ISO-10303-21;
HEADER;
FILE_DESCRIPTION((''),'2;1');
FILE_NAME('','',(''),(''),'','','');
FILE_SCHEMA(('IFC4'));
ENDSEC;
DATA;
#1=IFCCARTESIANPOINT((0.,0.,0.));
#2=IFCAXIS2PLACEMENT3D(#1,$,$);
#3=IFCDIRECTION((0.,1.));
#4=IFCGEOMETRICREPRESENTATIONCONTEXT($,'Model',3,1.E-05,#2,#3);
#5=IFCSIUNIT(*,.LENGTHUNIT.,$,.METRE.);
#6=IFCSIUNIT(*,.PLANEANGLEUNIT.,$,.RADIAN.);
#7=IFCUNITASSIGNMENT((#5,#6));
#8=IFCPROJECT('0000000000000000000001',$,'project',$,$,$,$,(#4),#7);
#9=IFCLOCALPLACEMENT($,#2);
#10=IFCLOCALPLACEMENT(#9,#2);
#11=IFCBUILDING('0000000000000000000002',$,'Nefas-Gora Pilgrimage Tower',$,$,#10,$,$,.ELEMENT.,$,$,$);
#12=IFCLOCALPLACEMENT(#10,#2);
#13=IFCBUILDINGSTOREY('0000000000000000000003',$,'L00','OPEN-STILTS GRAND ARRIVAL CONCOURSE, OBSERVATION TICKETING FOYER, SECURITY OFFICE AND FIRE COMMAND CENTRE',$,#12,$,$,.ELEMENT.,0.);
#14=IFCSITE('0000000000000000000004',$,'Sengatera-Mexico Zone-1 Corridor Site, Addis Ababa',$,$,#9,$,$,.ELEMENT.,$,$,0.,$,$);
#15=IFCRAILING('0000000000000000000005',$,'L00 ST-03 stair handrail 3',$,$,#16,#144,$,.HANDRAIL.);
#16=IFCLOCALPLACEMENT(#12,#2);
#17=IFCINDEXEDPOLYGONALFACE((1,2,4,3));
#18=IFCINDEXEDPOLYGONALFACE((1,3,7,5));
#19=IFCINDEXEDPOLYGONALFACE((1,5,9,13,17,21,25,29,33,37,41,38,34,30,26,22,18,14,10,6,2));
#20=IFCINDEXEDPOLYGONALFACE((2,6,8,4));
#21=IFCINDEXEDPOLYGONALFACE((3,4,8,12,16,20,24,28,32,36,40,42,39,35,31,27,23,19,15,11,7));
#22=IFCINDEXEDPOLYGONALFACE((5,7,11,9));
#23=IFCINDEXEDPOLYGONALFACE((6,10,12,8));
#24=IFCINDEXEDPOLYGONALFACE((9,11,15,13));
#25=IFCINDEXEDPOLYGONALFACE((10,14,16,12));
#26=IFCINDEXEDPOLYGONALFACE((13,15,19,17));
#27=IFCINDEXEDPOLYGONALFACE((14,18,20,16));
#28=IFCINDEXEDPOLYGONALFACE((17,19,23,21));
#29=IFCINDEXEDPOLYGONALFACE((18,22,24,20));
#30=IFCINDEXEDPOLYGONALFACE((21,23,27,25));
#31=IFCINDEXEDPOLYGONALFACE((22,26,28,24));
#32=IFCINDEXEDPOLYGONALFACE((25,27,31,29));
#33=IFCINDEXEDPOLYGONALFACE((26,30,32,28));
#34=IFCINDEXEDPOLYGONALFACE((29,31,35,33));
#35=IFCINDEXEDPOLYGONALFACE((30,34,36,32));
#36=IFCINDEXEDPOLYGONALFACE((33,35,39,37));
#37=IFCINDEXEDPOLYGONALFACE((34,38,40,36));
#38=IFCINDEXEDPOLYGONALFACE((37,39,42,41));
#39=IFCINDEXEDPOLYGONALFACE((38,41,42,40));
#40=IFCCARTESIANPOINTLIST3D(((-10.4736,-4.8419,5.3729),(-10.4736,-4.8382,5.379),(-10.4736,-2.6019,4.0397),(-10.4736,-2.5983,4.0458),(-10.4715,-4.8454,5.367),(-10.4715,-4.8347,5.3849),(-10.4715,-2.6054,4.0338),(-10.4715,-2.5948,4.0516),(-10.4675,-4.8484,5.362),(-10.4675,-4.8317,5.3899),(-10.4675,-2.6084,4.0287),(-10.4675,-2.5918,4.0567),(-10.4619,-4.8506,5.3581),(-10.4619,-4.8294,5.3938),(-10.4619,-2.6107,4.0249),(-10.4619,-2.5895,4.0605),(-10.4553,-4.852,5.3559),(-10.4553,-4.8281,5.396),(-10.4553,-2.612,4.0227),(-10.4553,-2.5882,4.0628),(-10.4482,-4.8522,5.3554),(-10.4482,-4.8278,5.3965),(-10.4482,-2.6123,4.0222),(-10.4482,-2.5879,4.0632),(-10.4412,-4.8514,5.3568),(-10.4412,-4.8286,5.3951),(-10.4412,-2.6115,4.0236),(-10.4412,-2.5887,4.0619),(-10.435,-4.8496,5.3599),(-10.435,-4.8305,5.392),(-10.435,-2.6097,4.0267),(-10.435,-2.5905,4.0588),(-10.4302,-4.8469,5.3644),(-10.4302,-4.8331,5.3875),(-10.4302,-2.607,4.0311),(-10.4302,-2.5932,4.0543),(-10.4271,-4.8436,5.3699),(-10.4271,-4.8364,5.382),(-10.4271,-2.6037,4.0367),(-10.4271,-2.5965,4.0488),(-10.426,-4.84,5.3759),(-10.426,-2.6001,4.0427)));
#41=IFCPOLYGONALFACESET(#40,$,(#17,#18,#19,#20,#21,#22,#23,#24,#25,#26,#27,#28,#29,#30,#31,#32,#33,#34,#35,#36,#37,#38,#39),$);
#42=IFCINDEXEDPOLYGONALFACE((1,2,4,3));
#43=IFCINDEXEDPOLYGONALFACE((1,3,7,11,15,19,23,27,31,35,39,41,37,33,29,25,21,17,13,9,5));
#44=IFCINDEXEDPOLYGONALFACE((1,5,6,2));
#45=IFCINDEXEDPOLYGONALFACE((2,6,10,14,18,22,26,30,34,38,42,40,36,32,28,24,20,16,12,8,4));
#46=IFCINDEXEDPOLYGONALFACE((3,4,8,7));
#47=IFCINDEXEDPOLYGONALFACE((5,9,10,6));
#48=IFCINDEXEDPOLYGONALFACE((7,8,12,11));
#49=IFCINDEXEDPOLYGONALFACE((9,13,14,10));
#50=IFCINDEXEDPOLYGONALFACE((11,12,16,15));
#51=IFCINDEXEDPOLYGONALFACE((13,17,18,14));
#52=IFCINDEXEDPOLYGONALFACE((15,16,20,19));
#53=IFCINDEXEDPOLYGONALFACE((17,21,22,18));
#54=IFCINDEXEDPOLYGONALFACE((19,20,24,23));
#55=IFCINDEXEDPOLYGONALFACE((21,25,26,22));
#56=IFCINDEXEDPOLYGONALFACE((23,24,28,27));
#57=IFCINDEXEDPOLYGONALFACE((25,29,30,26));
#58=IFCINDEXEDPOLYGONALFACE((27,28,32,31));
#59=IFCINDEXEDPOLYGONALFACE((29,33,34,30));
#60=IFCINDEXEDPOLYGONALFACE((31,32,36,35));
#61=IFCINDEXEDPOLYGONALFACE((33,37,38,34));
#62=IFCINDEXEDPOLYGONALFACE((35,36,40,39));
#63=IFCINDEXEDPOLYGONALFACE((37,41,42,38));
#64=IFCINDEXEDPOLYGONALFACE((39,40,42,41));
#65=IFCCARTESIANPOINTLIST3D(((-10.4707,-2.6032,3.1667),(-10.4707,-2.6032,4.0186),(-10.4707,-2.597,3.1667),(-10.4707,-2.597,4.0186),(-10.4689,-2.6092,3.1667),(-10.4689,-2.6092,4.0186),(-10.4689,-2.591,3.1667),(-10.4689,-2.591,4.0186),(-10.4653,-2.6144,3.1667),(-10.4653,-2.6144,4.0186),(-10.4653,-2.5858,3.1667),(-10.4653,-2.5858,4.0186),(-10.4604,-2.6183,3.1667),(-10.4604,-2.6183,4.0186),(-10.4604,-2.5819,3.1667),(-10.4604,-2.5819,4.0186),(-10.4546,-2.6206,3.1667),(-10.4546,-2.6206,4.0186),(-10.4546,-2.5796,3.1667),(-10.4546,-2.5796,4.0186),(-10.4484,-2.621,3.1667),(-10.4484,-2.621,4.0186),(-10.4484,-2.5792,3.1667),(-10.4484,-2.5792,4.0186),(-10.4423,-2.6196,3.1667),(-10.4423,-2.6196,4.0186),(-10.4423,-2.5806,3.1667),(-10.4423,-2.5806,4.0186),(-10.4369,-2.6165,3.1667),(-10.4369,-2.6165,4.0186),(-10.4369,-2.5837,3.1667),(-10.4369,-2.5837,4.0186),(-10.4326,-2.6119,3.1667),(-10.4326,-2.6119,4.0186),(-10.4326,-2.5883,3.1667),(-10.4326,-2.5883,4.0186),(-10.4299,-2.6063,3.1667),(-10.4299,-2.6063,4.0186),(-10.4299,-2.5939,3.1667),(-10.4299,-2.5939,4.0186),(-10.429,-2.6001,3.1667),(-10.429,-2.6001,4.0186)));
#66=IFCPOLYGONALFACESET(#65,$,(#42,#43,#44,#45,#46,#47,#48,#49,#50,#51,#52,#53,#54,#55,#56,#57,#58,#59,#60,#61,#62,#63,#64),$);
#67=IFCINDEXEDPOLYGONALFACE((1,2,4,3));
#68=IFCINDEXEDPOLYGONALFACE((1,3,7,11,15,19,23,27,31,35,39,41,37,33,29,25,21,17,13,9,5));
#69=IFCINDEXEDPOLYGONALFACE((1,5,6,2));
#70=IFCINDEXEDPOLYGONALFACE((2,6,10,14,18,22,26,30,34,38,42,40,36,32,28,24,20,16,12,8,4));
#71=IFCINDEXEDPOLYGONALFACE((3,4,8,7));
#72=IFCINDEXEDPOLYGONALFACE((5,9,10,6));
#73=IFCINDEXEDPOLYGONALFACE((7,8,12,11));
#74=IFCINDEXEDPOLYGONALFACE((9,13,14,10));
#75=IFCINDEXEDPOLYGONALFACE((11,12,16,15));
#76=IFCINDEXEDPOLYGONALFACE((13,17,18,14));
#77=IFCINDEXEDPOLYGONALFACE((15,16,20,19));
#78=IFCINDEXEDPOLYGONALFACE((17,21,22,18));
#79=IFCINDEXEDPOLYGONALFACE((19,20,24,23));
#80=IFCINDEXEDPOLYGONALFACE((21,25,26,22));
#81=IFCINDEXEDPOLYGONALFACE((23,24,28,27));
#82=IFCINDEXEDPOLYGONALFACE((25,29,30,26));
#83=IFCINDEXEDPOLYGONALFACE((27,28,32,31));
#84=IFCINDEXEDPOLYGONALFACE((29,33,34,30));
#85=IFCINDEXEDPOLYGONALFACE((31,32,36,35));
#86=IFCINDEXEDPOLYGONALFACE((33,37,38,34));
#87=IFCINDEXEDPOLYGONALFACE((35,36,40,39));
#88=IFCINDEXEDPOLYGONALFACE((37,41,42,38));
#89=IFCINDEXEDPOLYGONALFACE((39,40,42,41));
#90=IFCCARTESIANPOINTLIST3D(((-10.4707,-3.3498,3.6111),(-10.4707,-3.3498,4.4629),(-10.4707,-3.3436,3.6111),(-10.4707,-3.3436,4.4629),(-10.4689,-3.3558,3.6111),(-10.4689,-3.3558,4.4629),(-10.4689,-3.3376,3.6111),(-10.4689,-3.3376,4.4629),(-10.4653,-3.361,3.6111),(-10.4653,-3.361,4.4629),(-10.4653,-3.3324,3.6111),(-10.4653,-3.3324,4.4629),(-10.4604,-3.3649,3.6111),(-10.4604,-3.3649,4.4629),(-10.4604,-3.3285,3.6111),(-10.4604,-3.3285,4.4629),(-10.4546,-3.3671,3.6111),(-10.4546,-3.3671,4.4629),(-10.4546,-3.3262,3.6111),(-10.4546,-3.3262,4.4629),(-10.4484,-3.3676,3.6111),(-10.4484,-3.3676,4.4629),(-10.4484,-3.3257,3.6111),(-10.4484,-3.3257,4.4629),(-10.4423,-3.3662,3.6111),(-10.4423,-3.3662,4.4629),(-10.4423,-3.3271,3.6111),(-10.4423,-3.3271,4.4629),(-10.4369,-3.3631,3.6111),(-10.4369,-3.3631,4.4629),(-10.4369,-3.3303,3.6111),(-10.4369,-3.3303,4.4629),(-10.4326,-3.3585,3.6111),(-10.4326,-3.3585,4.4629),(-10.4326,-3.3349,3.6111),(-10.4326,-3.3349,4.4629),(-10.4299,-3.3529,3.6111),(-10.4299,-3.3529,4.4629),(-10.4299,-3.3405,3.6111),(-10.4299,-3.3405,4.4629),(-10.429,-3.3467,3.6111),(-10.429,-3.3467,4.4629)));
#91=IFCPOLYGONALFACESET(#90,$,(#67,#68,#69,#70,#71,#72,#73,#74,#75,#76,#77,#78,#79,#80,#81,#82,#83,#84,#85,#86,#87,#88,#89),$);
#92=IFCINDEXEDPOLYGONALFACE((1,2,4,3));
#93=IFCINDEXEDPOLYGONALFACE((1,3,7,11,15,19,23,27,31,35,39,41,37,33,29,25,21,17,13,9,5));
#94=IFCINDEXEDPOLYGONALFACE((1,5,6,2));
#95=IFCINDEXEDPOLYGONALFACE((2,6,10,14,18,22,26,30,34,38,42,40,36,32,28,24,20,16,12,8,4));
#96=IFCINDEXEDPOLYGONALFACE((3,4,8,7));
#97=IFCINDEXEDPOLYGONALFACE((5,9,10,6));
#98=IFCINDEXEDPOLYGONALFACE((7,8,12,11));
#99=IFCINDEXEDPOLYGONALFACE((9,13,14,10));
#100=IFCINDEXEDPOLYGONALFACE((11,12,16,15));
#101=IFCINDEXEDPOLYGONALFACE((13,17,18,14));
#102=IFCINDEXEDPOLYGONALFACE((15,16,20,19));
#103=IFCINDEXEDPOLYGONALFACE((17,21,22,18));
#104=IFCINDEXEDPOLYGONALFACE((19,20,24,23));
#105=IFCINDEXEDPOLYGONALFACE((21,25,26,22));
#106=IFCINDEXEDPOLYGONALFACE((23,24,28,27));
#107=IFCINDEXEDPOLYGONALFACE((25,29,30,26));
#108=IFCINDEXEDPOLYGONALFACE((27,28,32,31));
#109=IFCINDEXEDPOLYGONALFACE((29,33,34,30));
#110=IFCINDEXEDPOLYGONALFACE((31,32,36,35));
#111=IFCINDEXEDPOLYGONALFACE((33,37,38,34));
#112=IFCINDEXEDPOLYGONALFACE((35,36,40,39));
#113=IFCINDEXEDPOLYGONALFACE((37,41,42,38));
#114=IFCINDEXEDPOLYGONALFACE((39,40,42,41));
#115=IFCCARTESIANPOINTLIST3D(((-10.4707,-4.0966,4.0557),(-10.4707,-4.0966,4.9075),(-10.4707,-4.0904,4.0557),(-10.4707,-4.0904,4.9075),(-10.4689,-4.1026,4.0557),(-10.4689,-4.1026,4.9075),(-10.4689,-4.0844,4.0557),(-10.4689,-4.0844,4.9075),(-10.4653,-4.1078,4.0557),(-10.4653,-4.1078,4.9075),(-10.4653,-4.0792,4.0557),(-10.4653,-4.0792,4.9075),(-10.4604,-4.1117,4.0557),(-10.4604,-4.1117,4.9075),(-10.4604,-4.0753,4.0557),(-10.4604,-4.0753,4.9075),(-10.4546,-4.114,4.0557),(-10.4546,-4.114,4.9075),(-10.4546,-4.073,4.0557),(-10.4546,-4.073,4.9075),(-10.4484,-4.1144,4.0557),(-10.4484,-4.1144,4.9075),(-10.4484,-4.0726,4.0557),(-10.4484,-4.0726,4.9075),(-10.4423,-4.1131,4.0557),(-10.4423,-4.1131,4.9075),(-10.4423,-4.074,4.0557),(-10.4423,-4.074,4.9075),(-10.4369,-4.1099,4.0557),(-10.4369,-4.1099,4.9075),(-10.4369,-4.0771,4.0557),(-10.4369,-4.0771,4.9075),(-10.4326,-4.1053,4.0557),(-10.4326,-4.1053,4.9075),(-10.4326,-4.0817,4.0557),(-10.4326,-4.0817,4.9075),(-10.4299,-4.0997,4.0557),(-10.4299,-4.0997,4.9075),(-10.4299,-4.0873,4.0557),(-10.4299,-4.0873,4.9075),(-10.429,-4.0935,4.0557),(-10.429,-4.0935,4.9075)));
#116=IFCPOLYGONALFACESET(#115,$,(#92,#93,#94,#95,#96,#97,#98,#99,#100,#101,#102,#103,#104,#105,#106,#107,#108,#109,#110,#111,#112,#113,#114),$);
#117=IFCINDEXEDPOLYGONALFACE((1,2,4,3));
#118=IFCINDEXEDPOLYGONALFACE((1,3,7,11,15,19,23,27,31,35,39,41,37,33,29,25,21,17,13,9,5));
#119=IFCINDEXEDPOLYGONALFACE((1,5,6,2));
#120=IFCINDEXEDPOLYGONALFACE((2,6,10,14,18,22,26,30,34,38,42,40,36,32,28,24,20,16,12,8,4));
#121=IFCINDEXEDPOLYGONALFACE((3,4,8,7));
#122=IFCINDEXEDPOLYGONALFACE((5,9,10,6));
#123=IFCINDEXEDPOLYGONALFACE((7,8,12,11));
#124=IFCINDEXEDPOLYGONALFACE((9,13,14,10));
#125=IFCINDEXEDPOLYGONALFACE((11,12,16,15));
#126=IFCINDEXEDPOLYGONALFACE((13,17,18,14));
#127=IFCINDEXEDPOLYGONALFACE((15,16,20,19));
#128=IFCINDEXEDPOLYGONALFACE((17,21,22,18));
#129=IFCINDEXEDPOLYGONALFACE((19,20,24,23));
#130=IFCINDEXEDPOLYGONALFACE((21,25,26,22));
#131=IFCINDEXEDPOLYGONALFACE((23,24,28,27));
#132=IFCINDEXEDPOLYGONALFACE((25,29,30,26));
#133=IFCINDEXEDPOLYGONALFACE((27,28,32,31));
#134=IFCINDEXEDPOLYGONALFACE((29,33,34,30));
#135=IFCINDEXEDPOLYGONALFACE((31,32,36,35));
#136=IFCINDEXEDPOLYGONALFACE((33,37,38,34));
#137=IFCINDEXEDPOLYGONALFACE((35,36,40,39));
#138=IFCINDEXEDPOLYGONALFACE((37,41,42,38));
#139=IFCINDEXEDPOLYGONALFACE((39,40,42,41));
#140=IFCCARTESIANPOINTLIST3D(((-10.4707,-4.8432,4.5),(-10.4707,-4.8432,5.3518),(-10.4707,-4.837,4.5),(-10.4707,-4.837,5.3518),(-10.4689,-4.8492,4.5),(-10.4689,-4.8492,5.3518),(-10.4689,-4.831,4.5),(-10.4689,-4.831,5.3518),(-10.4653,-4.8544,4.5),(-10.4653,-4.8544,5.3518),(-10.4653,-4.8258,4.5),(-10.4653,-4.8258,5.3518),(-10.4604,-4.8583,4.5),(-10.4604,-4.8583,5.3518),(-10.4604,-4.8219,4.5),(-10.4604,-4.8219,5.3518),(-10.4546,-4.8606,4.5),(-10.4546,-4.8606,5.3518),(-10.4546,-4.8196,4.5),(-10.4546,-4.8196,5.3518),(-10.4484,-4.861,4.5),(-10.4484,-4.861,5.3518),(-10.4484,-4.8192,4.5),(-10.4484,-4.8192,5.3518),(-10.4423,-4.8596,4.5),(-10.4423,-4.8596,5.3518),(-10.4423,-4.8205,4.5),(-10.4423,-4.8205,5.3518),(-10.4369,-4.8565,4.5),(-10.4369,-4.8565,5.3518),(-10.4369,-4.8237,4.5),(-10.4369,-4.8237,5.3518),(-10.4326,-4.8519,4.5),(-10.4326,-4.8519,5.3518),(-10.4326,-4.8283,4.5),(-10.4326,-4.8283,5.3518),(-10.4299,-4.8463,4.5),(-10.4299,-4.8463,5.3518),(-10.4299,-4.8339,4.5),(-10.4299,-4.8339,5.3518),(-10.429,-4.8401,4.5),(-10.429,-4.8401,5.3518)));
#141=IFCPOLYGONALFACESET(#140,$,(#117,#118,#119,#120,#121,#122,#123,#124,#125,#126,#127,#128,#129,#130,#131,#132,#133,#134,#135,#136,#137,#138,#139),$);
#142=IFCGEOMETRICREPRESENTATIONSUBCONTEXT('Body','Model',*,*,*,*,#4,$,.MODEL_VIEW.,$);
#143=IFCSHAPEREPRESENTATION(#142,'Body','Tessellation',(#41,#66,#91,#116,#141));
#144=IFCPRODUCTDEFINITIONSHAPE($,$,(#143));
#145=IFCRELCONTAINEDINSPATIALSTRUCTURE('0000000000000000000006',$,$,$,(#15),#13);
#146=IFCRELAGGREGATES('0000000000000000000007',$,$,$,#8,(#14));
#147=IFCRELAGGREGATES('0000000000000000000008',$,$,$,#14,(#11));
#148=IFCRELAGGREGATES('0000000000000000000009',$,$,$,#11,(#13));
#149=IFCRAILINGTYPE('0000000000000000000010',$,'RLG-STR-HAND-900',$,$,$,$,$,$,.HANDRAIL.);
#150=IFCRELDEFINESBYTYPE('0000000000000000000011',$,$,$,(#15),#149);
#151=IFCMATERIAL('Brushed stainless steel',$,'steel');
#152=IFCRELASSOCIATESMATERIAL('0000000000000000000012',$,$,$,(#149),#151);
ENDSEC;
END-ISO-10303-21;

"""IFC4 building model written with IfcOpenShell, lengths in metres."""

from ifc_helpers import new_model, si_unit, direction, frame, origin, origin_2d, place, context, subcontext, project, spatial, circle, extrude, material, type_object, element, save


model = new_model("IFC4")

# Units and contexts
model_context = context("Model", 3, precision=1e-05, world=origin(), true_north=direction((0.0, 1.0)))
body_context = subcontext(model_context, "Body", "Model", "MODEL_VIEW")
ifc_project = project(units=[si_unit("LENGTHUNIT", "METRE"), si_unit("PLANEANGLEUNIT", "RADIAN")], contexts=[model_context])

# Site, building, storey
site_placement = place(None, origin())
site = spatial("IfcSite", under=ifc_project, at=site_placement, Name="Sengatera-Mexico Zone-1 Corridor Site, Addis Ababa", CompositionType="ELEMENT", RefElevation=0.0)
building_placement = place(site_placement, origin())
building = spatial("IfcBuilding", under=site, at=building_placement, Name="Nefas-Gora Pilgrimage Tower", CompositionType="ELEMENT")
storey_placement = place(building_placement, origin())
storey = spatial("IfcBuildingStorey", under=building, at=storey_placement, Name="L00", Description="OPEN-STILTS GRAND ARRIVAL CONCOURSE, OBSERVATION TICKETING FOYER, SECURITY OFFICE AND FIRE COMMAND CENTRE", CompositionType="ELEMENT", Elevation=0.0)

# Railing
ifc_material_1 = material(Name="Brushed stainless steel", Category="steel")
railing_type_1 = type_object("IfcRailingType", Name="RLG-STR-HAND-900", PredefinedType="HANDRAIL", material=ifc_material_1)
railing_1_placement = place(storey_placement, frame((-10.45, -2.6001, 3.1667)))
element("IfcRailing", 1, at=railing_1_placement, inside=storey, type_object=railing_type_1, Name="L00 ST-03 stair handrail 3", PredefinedType="HANDRAIL", context=body_context, shape_type="SweptSolid", body=[
    extrude(circle(Radius=0.0239, at=origin_2d()), frame((0.0, 0.0, 0.876), z_axis=(0.0, -0.859306, 0.511462), x_axis=(1.0, 0.0, 0.0)), (0.0, 0.0, 1.0), 2.6067),
    extrude(circle(Radius=0.021, at=origin_2d()), origin(), (0.0, 0.0, 1.0), 0.8518),
    extrude(circle(Radius=0.021, at=origin_2d()), frame((0.0, -0.7466, 0.4443)), (0.0, 0.0, 1.0), 0.8518),
    extrude(circle(Radius=0.021, at=origin_2d()), frame((0.0, -1.4934, 0.8889)), (0.0, 0.0, 1.0), 0.8518),
    extrude(circle(Radius=0.021, at=origin_2d()), frame((0.0, -2.24, 1.3333)), (0.0, 0.0, 1.0), 0.8518),
])

save(model, "model.ifc")
